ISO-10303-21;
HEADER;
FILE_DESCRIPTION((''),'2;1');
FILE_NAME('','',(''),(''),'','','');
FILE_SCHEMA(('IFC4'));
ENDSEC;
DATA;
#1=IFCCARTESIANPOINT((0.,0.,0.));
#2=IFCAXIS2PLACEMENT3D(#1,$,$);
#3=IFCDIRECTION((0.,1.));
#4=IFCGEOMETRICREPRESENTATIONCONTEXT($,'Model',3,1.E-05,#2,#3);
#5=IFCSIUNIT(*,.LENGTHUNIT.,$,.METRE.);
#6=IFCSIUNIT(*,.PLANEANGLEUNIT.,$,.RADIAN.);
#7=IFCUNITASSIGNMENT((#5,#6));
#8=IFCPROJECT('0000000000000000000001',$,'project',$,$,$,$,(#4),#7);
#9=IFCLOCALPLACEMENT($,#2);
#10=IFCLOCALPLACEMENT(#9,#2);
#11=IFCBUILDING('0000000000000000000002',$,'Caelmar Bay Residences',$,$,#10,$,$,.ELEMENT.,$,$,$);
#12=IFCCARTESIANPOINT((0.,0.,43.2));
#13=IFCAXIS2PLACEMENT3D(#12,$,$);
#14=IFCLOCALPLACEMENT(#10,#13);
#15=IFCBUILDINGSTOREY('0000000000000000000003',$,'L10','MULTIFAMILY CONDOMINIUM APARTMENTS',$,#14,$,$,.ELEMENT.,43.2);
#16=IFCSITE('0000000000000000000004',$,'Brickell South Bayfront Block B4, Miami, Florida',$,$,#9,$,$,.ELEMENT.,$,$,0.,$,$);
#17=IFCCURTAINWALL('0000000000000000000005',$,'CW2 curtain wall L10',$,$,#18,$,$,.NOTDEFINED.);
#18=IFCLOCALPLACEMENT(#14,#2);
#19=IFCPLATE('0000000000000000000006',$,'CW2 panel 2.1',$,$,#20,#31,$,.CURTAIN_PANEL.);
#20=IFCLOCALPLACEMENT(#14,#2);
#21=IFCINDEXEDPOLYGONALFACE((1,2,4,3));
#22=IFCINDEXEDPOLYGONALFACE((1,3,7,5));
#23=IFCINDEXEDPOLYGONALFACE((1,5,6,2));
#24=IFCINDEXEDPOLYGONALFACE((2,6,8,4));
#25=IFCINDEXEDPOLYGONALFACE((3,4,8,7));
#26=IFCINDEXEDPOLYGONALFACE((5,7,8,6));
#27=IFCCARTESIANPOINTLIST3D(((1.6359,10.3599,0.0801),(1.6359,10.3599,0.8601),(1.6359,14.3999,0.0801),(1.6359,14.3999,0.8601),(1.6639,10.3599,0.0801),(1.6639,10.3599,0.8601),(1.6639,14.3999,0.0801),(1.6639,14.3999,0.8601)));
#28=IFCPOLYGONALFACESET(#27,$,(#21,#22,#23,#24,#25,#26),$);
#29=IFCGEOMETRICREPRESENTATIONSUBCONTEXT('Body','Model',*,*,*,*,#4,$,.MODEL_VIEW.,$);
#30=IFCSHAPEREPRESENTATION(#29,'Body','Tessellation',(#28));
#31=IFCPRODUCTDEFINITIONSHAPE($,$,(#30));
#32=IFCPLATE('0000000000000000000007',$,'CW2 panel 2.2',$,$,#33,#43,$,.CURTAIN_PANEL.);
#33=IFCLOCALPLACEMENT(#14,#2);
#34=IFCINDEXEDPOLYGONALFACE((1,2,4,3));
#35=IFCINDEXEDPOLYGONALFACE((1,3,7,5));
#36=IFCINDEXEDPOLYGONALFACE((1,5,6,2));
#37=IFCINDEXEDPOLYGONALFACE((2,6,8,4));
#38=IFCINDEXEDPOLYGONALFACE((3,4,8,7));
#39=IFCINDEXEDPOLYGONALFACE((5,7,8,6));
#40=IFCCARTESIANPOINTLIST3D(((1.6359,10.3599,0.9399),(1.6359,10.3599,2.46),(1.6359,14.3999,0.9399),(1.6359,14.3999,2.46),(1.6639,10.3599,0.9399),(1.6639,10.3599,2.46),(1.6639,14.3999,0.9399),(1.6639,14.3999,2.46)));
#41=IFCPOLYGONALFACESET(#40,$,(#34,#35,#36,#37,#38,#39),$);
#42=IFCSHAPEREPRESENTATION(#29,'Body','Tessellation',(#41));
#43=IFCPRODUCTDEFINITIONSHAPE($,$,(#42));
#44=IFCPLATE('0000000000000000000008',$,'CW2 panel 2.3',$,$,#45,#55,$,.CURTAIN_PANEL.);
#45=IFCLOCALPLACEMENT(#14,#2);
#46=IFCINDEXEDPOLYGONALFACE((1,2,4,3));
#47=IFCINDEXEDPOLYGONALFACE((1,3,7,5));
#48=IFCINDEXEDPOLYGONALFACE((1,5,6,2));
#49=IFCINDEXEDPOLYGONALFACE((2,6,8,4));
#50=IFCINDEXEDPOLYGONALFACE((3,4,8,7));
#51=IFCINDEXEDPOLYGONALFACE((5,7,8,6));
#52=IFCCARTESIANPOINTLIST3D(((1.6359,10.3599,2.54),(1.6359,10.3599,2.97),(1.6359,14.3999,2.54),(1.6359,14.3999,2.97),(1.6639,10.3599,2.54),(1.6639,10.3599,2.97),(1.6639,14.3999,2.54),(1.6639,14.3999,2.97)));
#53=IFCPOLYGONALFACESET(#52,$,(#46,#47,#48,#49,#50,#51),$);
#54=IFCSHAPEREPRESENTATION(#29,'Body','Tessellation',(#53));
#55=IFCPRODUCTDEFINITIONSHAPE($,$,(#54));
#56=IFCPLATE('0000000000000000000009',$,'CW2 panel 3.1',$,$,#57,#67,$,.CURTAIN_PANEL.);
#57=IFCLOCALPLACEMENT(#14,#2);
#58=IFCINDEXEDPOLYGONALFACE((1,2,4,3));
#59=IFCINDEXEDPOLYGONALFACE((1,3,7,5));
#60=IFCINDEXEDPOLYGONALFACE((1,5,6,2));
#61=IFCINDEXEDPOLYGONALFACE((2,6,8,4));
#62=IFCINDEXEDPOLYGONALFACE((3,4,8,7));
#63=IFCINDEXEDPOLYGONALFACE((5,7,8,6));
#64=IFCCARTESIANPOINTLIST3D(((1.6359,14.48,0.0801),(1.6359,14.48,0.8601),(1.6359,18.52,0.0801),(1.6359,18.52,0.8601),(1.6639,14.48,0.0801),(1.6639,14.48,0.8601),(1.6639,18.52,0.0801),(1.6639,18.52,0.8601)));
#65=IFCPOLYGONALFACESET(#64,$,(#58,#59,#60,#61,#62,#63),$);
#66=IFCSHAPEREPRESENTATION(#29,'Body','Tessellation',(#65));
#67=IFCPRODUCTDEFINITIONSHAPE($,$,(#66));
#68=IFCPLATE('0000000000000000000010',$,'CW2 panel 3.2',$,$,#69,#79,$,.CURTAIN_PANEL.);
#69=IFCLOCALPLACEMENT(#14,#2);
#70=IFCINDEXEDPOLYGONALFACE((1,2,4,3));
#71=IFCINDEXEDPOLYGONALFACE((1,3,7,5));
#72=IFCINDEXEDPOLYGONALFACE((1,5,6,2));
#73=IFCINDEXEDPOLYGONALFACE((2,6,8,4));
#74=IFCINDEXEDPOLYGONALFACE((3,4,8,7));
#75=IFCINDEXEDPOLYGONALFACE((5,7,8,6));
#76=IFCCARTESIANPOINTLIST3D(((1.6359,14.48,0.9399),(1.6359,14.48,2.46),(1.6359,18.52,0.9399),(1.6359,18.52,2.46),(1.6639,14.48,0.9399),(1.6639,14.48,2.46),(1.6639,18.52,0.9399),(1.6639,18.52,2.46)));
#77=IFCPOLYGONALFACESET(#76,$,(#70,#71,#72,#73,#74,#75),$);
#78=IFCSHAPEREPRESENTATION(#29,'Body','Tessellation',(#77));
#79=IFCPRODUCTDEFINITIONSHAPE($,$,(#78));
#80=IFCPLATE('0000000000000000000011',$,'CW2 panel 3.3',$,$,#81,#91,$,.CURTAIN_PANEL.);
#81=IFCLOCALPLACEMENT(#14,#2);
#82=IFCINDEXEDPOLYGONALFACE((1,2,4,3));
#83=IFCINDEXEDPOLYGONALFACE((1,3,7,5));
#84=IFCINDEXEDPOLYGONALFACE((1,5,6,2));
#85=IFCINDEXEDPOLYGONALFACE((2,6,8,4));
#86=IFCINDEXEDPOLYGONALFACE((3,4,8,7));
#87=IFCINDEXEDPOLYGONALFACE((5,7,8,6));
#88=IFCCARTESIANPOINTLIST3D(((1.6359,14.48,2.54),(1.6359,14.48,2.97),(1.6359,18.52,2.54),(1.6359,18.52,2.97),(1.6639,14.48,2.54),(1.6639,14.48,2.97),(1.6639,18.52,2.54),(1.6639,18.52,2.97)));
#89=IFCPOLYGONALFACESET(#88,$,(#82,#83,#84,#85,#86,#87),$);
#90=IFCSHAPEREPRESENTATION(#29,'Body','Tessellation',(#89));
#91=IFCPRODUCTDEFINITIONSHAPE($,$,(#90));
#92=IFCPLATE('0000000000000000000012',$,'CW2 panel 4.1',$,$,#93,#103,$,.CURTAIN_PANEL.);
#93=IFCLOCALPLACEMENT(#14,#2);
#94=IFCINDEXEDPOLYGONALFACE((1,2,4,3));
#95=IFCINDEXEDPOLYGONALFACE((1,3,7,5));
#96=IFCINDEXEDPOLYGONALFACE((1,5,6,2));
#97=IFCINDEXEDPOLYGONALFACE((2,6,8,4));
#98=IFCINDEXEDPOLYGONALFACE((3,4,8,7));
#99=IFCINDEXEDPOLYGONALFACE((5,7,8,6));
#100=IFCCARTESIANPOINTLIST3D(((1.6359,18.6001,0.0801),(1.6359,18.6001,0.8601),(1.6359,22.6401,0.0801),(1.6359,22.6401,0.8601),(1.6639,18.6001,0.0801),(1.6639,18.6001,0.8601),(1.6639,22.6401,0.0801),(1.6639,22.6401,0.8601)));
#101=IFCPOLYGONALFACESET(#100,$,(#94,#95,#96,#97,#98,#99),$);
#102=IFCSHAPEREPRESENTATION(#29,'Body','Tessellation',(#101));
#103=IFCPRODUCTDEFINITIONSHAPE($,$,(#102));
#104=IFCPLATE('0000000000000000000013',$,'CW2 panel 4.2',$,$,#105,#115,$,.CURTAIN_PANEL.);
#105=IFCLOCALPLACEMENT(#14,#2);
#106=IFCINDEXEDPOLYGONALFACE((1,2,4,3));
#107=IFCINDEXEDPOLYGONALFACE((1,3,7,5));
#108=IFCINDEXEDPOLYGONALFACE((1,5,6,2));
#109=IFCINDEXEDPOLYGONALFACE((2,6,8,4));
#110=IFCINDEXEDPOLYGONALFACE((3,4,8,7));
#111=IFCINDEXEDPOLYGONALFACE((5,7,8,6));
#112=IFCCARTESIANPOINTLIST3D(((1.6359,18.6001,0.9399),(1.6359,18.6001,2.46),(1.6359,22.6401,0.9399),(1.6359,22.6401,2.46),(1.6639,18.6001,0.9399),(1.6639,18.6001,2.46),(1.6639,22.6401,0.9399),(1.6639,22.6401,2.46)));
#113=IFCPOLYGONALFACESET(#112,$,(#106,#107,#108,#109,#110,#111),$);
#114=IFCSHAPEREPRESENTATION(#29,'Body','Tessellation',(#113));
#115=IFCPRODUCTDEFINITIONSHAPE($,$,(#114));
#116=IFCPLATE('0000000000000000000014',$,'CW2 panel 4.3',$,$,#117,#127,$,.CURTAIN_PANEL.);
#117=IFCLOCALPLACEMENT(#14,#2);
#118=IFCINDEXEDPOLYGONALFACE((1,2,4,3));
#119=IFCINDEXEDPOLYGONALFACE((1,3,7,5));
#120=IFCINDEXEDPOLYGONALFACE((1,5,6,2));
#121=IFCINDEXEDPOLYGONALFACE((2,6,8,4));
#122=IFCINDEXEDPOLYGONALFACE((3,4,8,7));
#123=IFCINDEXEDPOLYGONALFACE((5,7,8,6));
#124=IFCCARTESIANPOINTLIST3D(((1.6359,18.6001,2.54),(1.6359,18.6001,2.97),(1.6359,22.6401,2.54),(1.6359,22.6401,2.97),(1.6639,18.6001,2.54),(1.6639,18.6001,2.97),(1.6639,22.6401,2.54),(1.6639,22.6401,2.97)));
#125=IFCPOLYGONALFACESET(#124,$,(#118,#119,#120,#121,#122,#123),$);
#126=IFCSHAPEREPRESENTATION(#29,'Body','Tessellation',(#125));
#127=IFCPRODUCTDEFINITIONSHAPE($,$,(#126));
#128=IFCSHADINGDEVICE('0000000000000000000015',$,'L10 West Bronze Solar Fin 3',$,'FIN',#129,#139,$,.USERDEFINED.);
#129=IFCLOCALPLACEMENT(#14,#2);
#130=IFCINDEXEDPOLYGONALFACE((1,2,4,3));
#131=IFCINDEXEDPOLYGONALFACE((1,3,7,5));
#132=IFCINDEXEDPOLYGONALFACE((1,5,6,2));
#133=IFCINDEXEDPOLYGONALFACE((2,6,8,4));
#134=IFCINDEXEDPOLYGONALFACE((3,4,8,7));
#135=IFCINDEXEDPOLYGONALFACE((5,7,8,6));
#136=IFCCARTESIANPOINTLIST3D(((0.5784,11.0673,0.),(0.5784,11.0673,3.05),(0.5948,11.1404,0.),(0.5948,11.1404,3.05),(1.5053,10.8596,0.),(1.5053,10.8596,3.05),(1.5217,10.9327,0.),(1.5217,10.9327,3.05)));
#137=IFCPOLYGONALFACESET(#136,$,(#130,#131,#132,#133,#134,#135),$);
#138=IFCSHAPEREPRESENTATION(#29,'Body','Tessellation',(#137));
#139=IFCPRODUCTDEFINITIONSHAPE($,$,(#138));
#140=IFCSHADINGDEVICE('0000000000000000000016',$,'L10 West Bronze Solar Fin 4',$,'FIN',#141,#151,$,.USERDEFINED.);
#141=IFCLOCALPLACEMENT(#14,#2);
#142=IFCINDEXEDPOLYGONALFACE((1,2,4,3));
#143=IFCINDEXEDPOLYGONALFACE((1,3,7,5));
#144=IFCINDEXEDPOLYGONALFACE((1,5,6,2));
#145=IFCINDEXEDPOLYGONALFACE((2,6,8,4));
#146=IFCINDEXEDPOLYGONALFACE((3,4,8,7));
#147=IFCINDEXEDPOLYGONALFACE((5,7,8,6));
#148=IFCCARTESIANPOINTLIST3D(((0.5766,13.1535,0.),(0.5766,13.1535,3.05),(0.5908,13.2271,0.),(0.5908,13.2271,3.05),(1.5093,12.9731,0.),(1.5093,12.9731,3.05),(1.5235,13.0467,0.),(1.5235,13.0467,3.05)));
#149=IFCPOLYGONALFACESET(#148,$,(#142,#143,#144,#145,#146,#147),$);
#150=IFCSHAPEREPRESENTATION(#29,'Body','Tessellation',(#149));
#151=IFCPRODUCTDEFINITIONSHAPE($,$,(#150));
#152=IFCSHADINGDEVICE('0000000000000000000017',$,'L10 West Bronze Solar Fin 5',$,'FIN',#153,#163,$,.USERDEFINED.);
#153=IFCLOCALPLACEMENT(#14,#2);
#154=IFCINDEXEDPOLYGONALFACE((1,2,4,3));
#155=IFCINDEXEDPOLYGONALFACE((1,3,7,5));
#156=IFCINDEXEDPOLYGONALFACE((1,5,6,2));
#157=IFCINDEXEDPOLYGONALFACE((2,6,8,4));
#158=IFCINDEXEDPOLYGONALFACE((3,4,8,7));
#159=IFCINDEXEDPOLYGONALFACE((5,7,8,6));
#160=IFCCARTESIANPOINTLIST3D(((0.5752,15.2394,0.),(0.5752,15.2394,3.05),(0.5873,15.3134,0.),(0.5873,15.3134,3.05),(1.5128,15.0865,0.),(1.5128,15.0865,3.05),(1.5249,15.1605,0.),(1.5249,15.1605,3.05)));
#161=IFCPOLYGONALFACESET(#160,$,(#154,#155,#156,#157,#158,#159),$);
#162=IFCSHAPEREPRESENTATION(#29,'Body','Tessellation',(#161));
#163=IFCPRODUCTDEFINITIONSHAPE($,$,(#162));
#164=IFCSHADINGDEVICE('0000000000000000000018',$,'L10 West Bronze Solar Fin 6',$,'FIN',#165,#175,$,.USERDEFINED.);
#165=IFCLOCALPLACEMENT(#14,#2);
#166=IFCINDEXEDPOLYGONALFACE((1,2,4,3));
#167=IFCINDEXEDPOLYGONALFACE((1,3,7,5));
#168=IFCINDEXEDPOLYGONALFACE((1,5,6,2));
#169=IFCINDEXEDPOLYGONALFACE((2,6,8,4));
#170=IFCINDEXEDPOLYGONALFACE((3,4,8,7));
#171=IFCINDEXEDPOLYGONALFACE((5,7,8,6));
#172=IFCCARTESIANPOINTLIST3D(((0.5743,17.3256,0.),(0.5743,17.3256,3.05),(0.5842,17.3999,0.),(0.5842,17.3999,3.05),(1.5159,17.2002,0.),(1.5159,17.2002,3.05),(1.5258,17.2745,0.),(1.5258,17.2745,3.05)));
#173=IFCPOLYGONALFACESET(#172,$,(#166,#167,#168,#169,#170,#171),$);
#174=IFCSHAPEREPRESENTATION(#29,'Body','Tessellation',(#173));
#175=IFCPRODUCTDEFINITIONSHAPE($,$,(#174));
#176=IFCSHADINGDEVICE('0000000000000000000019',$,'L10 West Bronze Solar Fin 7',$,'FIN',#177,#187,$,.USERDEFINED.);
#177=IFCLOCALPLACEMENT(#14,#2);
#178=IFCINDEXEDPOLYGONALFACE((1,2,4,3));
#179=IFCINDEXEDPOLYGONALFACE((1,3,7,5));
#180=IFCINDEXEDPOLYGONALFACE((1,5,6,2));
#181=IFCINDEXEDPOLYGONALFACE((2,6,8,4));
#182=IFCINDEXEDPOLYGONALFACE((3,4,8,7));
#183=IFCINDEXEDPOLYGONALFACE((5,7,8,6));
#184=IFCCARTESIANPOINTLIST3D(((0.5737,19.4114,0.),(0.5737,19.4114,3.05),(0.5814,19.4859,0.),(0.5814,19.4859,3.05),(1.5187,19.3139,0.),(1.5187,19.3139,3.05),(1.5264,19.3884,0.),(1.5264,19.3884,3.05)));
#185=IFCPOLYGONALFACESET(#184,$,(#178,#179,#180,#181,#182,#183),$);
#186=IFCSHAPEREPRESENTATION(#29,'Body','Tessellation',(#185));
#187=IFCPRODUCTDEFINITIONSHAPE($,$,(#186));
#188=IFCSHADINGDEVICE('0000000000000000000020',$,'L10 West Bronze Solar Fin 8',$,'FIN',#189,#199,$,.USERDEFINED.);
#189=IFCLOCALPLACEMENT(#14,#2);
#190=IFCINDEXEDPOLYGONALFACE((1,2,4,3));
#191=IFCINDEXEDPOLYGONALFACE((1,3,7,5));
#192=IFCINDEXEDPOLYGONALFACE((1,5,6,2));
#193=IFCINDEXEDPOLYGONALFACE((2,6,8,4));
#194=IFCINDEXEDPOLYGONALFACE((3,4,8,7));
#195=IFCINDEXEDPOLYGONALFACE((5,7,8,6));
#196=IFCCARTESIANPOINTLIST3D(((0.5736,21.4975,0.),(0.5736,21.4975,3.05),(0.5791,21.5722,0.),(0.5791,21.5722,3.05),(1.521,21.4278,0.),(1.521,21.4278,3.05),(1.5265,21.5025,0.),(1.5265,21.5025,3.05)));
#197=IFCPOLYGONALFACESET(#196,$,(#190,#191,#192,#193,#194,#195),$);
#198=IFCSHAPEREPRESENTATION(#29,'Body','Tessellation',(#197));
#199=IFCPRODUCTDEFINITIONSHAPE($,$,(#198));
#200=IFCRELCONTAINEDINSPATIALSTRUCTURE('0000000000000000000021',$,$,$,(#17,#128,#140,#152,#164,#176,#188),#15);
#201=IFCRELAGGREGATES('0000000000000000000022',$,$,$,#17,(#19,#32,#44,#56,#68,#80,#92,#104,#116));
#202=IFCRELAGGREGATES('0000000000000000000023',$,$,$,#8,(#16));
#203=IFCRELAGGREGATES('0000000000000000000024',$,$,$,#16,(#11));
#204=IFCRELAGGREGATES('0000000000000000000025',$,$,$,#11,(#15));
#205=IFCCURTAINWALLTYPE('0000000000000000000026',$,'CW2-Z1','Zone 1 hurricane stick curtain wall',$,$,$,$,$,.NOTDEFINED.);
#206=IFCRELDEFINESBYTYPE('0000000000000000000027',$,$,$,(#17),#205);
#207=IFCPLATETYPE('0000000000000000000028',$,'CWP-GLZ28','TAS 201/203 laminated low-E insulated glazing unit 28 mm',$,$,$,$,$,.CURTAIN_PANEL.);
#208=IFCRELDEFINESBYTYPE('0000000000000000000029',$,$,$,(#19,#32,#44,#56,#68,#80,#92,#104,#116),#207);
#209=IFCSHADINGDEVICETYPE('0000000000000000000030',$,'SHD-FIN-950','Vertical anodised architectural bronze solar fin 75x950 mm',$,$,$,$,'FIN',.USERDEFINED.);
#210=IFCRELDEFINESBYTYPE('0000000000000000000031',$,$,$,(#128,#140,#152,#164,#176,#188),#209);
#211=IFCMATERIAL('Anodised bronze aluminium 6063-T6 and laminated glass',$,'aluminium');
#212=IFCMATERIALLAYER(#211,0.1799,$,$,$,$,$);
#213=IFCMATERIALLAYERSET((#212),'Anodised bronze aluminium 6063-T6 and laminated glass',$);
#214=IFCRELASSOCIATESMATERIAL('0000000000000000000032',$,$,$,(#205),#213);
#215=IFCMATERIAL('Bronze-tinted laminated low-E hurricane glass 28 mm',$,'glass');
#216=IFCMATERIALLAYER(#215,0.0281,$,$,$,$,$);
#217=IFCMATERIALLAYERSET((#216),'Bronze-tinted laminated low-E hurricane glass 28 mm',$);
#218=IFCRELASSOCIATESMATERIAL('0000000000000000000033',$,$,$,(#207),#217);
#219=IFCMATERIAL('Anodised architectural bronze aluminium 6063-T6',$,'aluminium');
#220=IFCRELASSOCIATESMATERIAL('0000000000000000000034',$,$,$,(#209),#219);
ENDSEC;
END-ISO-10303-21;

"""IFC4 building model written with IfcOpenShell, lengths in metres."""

from ifc_helpers import new_model, si_unit, direction, frame, origin, origin_2d, place, context, subcontext, project, spatial, rectangle, extrude, material, layer, layer_set, material_profile, profile_set, type_object, element, aggregate, save


model = new_model("IFC4")

# Units and contexts
model_context = context("Model", 3, precision=1e-05, world=origin(), true_north=direction((0.0, 1.0)))
body_context = subcontext(model_context, "Body", "Model", "MODEL_VIEW")
ifc_project = project(units=[si_unit("LENGTHUNIT", "METRE"), si_unit("PLANEANGLEUNIT", "RADIAN")], contexts=[model_context])

# Site, building, storey
site_placement = place(None, origin())
site = spatial("IfcSite", under=ifc_project, at=site_placement, Name="Brickell South Bayfront Block B4, Miami, Florida", CompositionType="ELEMENT", RefElevation=0.0)
building_placement = place(site_placement, origin())
building = spatial("IfcBuilding", under=site, at=building_placement, Name="Caelmar Bay Residences", CompositionType="ELEMENT")
storey_placement = place(building_placement, frame((0.0, 0.0, 43.2)))
storey = spatial("IfcBuildingStorey", under=building, at=storey_placement, Name="L10", Description="MULTIFAMILY CONDOMINIUM APARTMENTS", CompositionType="ELEMENT", Elevation=43.2)

# Curtain wall, plates
ifc_material_1 = material(Name="Anodised bronze aluminium 6063-T6 and laminated glass", Category="aluminium")
ifc_layer_1 = layer(ifc_material_1, 0.1799)
ifc_layer_set_1 = layer_set([ifc_layer_1], Name="Anodised bronze aluminium 6063-T6 and laminated glass")
curtain_wall_type = type_object("IfcCurtainWallType", Name="CW2-Z1", Description="Zone 1 hurricane stick curtain wall", PredefinedType="NOTDEFINED", material=ifc_layer_set_1)
curtain_wall_placement = place(storey_placement, origin())
curtain_wall = element("IfcCurtainWall", 1, at=curtain_wall_placement, inside=storey, type_object=curtain_wall_type, Name="CW2 curtain wall L10", PredefinedType="NOTDEFINED")
ifc_material_2 = material(Name="Bronze-tinted laminated low-E hurricane glass 28 mm", Category="glass")
ifc_layer_2 = layer(ifc_material_2, 0.0281)
ifc_layer_set_2 = layer_set([ifc_layer_2], Name="Bronze-tinted laminated low-E hurricane glass 28 mm")
plate_type = type_object("IfcPlateType", Name="CWP-GLZ28", Description="TAS 201/203 laminated low-E insulated glazing unit 28 mm", PredefinedType="CURTAIN_PANEL", material=ifc_layer_set_2)
plate_1_placement = place(storey_placement, frame((1.6499, 12.3799, 0.0801), z_axis=(0.0, 0.0, 1.0), x_axis=(0.0, 1.0, 0.0)))
plate_1 = element("IfcPlate", 2, at=plate_1_placement, type_object=plate_type, Name="CW2 panel 2.1", PredefinedType="CURTAIN_PANEL", context=body_context, shape_type="SweptSolid", body=[
    extrude(rectangle(XDim=4.04, YDim=0.0281, at=origin_2d()), origin(), (0.0, 0.0, 1.0), 0.78),
])
plate_2_placement = place(storey_placement, frame((1.6499, 12.3799, 0.9399), z_axis=(0.0, 0.0, 1.0), x_axis=(0.0, 1.0, 0.0)))
plate_2 = element("IfcPlate", 3, at=plate_2_placement, type_object=plate_type, Name="CW2 panel 2.2", PredefinedType="CURTAIN_PANEL", context=body_context, shape_type="SweptSolid", body=[
    extrude(rectangle(XDim=4.04, YDim=0.0281, at=origin_2d()), origin(), (0.0, 0.0, 1.0), 1.52),
])
plate_3_placement = place(storey_placement, frame((1.6499, 12.3799, 2.54), z_axis=(0.0, 0.0, 1.0), x_axis=(0.0, 1.0, 0.0)))
plate_3 = element("IfcPlate", 4, at=plate_3_placement, type_object=plate_type, Name="CW2 panel 2.3", PredefinedType="CURTAIN_PANEL", context=body_context, shape_type="SweptSolid", body=[
    extrude(rectangle(XDim=4.04, YDim=0.0281, at=origin_2d()), origin(), (0.0, 0.0, 1.0), 0.4299),
])
plate_4_placement = place(storey_placement, frame((1.6499, 16.5, 0.0801), z_axis=(0.0, 0.0, 1.0), x_axis=(0.0, 1.0, 0.0)))
plate_4 = element("IfcPlate", 5, at=plate_4_placement, type_object=plate_type, Name="CW2 panel 3.1", PredefinedType="CURTAIN_PANEL", context=body_context, shape_type="SweptSolid", body=[
    extrude(rectangle(XDim=4.04, YDim=0.0281, at=origin_2d()), origin(), (0.0, 0.0, 1.0), 0.78),
])
plate_5_placement = place(storey_placement, frame((1.6499, 16.5, 0.9399), z_axis=(0.0, 0.0, 1.0), x_axis=(0.0, 1.0, 0.0)))
plate_5 = element("IfcPlate", 6, at=plate_5_placement, type_object=plate_type, Name="CW2 panel 3.2", PredefinedType="CURTAIN_PANEL", context=body_context, shape_type="SweptSolid", body=[
    extrude(rectangle(XDim=4.04, YDim=0.0281, at=origin_2d()), origin(), (0.0, 0.0, 1.0), 1.52),
])
plate_6_placement = place(storey_placement, frame((1.6499, 16.5, 2.54), z_axis=(0.0, 0.0, 1.0), x_axis=(0.0, 1.0, 0.0)))
plate_6 = element("IfcPlate", 7, at=plate_6_placement, type_object=plate_type, Name="CW2 panel 3.3", PredefinedType="CURTAIN_PANEL", context=body_context, shape_type="SweptSolid", body=[
    extrude(rectangle(XDim=4.04, YDim=0.0281, at=origin_2d()), origin(), (0.0, 0.0, 1.0), 0.4299),
])
plate_7_placement = place(storey_placement, frame((1.6499, 20.6201, 0.0801), z_axis=(0.0, 0.0, 1.0), x_axis=(0.0, 1.0, 0.0)))
plate_7 = element("IfcPlate", 8, at=plate_7_placement, type_object=plate_type, Name="CW2 panel 4.1", PredefinedType="CURTAIN_PANEL", context=body_context, shape_type="SweptSolid", body=[
    extrude(rectangle(XDim=4.04, YDim=0.0281, at=origin_2d()), origin(), (0.0, 0.0, 1.0), 0.78),
])
plate_8_placement = place(storey_placement, frame((1.6499, 20.6201, 0.9399), z_axis=(0.0, 0.0, 1.0), x_axis=(0.0, 1.0, 0.0)))
plate_8 = element("IfcPlate", 9, at=plate_8_placement, type_object=plate_type, Name="CW2 panel 4.2", PredefinedType="CURTAIN_PANEL", context=body_context, shape_type="SweptSolid", body=[
    extrude(rectangle(XDim=4.04, YDim=0.0281, at=origin_2d()), origin(), (0.0, 0.0, 1.0), 1.52),
])
plate_9_placement = place(storey_placement, frame((1.6499, 20.6201, 2.54), z_axis=(0.0, 0.0, 1.0), x_axis=(0.0, 1.0, 0.0)))
plate_9 = element("IfcPlate", 10, at=plate_9_placement, type_object=plate_type, Name="CW2 panel 4.3", PredefinedType="CURTAIN_PANEL", context=body_context, shape_type="SweptSolid", body=[
    extrude(rectangle(XDim=4.04, YDim=0.0281, at=origin_2d()), origin(), (0.0, 0.0, 1.0), 0.4299),
])
aggregate(curtain_wall, [plate_1, plate_2, plate_3, plate_4, plate_5, plate_6, plate_7, plate_8, plate_9])

# Shading devices
ifc_material_3 = material(Name="Anodised architectural bronze aluminium 6063-T6", Category="aluminium")
ifc_material_profile_1 = material_profile(ifc_material_3, rectangle(XDim=0.075, YDim=0.95, at=origin_2d()), Name="BRONZE-FIN-75X950")
ifc_profile_set_1 = profile_set([ifc_material_profile_1], Name="Anodised architectural bronze aluminium 6063-T6")
shading_device_type = type_object("IfcShadingDeviceType", Name="SHD-FIN-950", Description="Vertical anodised architectural bronze solar fin 75x950 mm", ElementType="FIN", PredefinedType="USERDEFINED", material=ifc_profile_set_1)
for number, where, z_axis, x_axis, name in (
    (11, (1.05, 11.0, 0.0), (0.0, 0.0, 1.0), (0.218654, 0.975802, 0.0), "L10 West Bronze Solar Fin 3"),
    (12, (1.05, 13.1001, 0.0), (0.0, 0.0, 1.0), (0.189952, 0.981793, 0.0), "L10 West Bronze Solar Fin 4"),
    (13, (1.05, 15.2, 0.0), (0.0, 0.0, 1.0), (0.160915, 0.986968, 0.0), "L10 West Bronze Solar Fin 5"),
    (14, (1.05, 17.3, 0.0), (0.0, 0.0, 1.0), (0.13191, 0.991262, 0.0), "L10 West Bronze Solar Fin 6"),
    (15, (1.05, 19.3999, 0.0), (0.0, 0.0, 1.0), (0.102619, 0.994721, 0.0), "L10 West Bronze Solar Fin 7"),
    (16, (1.05, 21.5, 0.0), (0.0, 0.0, 1.0), (0.073412, 0.997302, 0.0), "L10 West Bronze Solar Fin 8"),
):
    element("IfcShadingDevice", number, at=place(storey_placement, frame(where, z_axis=z_axis, x_axis=x_axis)), inside=storey, type_object=shading_device_type, Name=name, ObjectType="FIN", PredefinedType="USERDEFINED", context=body_context, shape_type="SweptSolid", body=[
        extrude(rectangle(XDim=0.075, YDim=0.95, at=origin_2d()), origin(), (0.0, 0.0, 1.0), 3.05),
    ])

save(model, "model.ifc")
